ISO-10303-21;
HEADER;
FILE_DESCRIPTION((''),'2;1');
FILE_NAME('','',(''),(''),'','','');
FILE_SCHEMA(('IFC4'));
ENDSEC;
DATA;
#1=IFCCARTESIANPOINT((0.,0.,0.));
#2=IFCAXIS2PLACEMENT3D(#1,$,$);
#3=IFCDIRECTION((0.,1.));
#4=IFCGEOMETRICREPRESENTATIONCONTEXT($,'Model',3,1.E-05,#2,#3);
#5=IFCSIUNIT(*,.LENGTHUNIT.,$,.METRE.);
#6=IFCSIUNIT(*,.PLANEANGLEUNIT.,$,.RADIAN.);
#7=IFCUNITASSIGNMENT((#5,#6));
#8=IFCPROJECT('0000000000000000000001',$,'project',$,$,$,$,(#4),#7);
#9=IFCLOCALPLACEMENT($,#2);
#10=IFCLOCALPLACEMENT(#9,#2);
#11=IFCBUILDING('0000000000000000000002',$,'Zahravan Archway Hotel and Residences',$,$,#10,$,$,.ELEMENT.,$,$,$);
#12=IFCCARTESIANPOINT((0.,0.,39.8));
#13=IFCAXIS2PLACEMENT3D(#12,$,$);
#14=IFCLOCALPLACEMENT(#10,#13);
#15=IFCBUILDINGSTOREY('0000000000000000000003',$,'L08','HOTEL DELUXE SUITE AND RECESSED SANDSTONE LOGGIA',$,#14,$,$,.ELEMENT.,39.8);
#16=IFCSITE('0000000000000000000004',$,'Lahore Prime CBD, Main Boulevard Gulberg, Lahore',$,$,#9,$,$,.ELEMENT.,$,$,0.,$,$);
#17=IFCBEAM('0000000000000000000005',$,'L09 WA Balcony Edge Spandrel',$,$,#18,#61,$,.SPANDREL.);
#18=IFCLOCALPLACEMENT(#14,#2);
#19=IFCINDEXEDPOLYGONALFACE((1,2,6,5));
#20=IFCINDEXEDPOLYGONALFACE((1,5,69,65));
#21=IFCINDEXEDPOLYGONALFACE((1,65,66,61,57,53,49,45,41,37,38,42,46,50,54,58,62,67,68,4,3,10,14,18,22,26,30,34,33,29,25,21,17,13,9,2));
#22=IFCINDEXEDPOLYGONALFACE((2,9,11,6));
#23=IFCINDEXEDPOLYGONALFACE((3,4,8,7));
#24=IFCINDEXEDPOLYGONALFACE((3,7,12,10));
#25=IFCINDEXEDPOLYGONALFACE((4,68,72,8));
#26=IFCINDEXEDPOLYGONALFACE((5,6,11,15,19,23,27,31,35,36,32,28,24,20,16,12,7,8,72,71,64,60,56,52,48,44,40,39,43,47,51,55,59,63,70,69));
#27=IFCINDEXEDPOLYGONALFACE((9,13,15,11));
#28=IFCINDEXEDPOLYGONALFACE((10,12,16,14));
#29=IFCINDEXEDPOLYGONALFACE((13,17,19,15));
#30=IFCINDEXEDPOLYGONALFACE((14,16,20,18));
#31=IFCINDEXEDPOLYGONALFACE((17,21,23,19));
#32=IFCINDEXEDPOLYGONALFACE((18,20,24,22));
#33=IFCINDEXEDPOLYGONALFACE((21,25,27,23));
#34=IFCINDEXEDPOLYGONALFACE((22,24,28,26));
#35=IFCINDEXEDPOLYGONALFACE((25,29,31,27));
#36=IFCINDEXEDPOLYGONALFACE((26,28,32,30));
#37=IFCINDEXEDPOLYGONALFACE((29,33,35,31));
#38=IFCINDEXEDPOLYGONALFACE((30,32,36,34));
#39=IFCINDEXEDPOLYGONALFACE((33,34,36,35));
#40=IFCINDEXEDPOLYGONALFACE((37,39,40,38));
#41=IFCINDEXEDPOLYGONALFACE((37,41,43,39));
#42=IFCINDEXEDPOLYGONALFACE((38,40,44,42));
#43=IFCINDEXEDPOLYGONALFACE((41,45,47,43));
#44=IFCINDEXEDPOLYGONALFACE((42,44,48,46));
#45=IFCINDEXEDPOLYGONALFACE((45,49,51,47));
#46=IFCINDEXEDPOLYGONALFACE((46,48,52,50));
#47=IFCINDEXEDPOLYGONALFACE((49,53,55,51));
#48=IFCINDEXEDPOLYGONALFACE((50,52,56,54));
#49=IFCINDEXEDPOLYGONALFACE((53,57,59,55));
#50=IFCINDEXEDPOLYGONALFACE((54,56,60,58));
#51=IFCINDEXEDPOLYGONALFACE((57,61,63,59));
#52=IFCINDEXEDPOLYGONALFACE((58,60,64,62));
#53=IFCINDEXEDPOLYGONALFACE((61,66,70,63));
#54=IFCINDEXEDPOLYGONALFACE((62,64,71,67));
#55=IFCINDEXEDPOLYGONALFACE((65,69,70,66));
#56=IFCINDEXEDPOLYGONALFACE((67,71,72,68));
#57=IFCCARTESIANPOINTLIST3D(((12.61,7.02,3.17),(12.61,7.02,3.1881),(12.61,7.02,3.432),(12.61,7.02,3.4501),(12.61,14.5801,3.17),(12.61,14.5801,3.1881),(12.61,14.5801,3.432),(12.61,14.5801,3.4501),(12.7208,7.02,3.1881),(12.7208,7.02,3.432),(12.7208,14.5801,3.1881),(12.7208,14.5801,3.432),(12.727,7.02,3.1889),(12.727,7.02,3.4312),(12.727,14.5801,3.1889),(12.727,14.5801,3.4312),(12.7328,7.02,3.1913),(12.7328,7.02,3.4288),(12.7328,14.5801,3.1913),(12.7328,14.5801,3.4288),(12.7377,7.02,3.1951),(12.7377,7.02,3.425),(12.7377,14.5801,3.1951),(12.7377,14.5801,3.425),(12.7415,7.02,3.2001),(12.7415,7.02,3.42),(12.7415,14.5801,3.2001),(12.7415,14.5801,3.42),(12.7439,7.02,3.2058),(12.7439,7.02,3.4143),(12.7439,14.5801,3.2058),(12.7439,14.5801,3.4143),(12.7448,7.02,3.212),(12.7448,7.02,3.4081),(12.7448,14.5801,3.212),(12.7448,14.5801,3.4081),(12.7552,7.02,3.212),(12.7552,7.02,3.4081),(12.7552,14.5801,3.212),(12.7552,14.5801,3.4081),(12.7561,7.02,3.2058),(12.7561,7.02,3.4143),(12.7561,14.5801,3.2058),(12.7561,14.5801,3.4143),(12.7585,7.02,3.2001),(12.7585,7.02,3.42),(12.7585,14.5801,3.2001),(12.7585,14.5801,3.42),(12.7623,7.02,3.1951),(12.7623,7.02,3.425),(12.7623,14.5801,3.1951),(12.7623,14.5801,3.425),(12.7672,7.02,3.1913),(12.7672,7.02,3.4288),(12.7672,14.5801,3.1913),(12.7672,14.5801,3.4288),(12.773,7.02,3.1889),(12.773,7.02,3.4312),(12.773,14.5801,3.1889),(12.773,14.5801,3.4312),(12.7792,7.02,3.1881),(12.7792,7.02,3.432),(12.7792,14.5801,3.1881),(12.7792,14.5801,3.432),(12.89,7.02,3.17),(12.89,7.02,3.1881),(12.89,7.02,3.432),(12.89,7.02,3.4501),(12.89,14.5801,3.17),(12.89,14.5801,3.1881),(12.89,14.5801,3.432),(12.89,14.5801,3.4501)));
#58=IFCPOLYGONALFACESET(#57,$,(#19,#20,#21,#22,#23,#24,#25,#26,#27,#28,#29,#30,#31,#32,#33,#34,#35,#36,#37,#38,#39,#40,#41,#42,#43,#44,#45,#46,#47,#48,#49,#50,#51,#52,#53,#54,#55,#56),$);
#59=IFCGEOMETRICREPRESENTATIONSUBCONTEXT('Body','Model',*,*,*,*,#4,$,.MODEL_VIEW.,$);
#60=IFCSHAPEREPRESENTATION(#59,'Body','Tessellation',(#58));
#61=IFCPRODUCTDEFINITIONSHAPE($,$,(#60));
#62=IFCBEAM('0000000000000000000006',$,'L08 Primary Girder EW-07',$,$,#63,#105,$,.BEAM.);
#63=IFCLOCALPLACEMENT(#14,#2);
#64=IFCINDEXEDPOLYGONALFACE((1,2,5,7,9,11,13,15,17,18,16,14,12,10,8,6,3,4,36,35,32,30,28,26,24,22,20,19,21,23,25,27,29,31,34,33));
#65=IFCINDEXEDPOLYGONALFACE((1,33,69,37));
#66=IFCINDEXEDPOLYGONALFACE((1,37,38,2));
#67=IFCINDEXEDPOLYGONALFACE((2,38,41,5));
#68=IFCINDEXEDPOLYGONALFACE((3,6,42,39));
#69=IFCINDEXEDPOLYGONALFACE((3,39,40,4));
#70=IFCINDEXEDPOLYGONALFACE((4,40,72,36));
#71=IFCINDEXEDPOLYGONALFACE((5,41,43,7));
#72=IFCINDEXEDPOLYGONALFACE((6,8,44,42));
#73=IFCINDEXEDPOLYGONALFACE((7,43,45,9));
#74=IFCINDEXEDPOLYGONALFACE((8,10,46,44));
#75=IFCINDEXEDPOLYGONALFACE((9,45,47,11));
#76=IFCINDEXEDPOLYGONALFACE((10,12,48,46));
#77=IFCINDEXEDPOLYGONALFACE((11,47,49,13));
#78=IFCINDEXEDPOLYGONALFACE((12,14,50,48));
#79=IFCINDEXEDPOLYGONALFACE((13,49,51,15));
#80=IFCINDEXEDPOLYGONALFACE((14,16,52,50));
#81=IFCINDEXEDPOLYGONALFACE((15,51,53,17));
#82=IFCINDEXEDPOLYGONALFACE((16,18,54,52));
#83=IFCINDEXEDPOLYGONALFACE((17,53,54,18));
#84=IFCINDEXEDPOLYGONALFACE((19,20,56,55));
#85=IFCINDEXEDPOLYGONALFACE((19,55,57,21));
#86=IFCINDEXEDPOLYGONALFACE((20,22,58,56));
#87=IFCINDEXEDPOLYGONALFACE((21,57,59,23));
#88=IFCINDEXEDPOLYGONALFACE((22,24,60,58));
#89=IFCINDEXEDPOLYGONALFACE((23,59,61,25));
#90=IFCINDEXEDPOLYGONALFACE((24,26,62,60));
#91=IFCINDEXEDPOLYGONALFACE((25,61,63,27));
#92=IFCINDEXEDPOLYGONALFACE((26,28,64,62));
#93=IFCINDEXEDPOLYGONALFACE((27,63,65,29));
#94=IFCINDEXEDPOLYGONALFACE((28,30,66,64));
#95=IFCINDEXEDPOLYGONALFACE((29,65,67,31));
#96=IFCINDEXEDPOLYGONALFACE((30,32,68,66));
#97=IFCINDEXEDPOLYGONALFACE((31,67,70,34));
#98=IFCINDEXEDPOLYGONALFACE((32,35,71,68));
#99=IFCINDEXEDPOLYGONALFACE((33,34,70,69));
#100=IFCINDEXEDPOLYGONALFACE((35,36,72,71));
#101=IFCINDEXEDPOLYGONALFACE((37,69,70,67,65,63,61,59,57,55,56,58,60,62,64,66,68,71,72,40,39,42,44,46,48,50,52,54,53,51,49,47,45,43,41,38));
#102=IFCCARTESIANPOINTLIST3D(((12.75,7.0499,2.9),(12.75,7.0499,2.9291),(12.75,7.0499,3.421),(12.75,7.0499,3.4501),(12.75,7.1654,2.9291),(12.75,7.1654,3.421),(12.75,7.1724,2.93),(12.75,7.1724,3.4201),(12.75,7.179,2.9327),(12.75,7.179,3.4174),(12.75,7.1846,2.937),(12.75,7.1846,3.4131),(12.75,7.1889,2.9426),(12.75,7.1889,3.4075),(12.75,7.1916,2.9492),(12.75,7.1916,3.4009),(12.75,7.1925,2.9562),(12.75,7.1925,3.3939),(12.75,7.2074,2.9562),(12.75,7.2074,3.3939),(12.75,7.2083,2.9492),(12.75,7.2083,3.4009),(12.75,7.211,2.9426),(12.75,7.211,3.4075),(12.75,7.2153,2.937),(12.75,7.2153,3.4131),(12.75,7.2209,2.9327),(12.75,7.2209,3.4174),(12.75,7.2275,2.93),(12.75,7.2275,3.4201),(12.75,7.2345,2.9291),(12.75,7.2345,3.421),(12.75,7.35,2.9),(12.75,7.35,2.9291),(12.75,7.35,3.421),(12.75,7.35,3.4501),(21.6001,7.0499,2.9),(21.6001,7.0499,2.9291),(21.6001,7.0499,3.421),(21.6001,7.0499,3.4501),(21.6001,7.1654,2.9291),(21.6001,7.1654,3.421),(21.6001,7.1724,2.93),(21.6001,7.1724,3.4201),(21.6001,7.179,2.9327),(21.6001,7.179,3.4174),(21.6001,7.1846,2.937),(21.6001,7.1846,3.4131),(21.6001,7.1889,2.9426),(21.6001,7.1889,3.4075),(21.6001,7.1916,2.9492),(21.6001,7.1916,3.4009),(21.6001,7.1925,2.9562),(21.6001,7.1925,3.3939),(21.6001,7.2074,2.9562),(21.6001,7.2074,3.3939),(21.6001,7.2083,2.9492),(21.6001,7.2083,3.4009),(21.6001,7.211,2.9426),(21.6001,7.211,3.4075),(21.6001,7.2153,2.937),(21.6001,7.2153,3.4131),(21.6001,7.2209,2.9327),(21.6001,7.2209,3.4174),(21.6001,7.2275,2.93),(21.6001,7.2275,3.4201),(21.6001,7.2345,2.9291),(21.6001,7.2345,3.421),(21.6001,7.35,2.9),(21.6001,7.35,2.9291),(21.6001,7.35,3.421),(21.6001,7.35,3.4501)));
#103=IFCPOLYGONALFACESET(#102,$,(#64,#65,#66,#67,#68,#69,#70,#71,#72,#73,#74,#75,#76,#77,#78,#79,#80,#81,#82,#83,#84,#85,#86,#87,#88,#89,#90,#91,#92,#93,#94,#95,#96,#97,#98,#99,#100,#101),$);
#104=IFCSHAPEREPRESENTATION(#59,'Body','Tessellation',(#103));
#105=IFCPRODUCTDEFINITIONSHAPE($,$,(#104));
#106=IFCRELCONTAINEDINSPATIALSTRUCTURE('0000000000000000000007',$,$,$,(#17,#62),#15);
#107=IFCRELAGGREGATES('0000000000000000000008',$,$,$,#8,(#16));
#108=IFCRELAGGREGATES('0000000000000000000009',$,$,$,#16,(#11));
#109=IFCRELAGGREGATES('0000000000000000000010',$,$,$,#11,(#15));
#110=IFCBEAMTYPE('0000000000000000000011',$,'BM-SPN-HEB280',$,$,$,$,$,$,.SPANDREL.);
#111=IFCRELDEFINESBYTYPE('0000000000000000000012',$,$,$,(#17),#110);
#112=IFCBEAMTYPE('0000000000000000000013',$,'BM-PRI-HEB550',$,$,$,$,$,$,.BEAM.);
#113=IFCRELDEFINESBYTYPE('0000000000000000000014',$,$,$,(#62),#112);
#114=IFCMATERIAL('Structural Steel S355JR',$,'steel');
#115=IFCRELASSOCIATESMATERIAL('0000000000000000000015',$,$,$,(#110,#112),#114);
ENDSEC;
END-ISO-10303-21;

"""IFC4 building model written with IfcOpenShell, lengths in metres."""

from ifc_helpers import new_model, si_unit, direction, frame, origin, origin_2d, place, context, subcontext, project, spatial, i_section, extrude, source, transform, mapped, material, material_profile, profile_set, type_object, type_shapes, element, save


model = new_model("IFC4")

# Units and contexts
model_context = context("Model", 3, precision=1e-05, world=origin(), true_north=direction((0.0, 1.0)))
body_context = subcontext(model_context, "Body", "Model", "MODEL_VIEW")
ifc_project = project(units=[si_unit("LENGTHUNIT", "METRE"), si_unit("PLANEANGLEUNIT", "RADIAN")], contexts=[model_context])

# Site, building, storey
site_placement = place(None, origin())
site = spatial("IfcSite", under=ifc_project, at=site_placement, Name="Lahore Prime CBD, Main Boulevard Gulberg, Lahore", CompositionType="ELEMENT", RefElevation=0.0)
building_placement = place(site_placement, origin())
building = spatial("IfcBuilding", under=site, at=building_placement, Name="Zahravan Archway Hotel and Residences", CompositionType="ELEMENT")
storey_placement = place(building_placement, frame((0.0, 0.0, 39.8)))
storey = spatial("IfcBuildingStorey", under=building, at=storey_placement, Name="L08", Description="HOTEL DELUXE SUITE AND RECESSED SANDSTONE LOGGIA", CompositionType="ELEMENT", Elevation=39.8)

# Beams
ifc_material_1 = material(Name="Structural Steel S355JR", Category="steel")
ifc_material_profile_1 = material_profile(ifc_material_1, i_section(OverallWidth=0.28, OverallDepth=0.28, WebThickness=0.0105, FlangeThickness=0.0181, FilletRadius=0.0239, at=origin_2d()), Name="HEB 280", Category="steel")
ifc_profile_set_1 = profile_set([ifc_material_profile_1], Name="Structural Steel S355JR")
beam_type_1 = type_object("IfcBeamType", Name="BM-SPN-HEB280", PredefinedType="SPANDREL", material=ifc_profile_set_1)
shared_shape_1 = source(origin(), body_context, "Body", "SweptSolid", [
    extrude(i_section(OverallWidth=0.28, OverallDepth=0.28, WebThickness=0.0105, FlangeThickness=0.0181, FilletRadius=0.0239, at=origin_2d()), origin(), (0.0, 0.0, 1.0), 7.5601),
])
type_shapes(beam_type_1, [shared_shape_1])
beam_1_placement = place(storey_placement, frame((12.75, 7.02, 3.3101), z_axis=(0.0, 1.0, 0.0), x_axis=(-1.0, 0.0, 0.0)))
element("IfcBeam", 1, at=beam_1_placement, inside=storey, type_object=beam_type_1, Name="L09 WA Balcony Edge Spandrel", PredefinedType="SPANDREL", context=body_context, shape_type="MappedRepresentation", body=[
    mapped(shared_shape_1, transform((0.0, 0.0, 0.0), scale=1.0)),
])
ifc_material_profile_2 = material_profile(ifc_material_1, i_section(OverallWidth=0.3, OverallDepth=0.55, WebThickness=0.0149, FlangeThickness=0.0291, FilletRadius=0.0271, at=origin_2d()), Name="HEB 550", Category="steel")
ifc_profile_set_2 = profile_set([ifc_material_profile_2], Name="Structural Steel S355JR")
beam_type_2 = type_object("IfcBeamType", Name="BM-PRI-HEB550", PredefinedType="BEAM", material=ifc_profile_set_2)
shared_shape_2 = source(origin(), body_context, "Body", "SweptSolid", [
    extrude(i_section(OverallWidth=0.3, OverallDepth=0.55, WebThickness=0.0149, FlangeThickness=0.0291, FilletRadius=0.0271, at=origin_2d()), origin(), (0.0, 0.0, 1.0), 8.8501),
])
beam_2_placement = place(storey_placement, frame((12.75, 7.2, 3.175), z_axis=(1.0, 0.0, 0.0), x_axis=(0.0, 1.0, 0.0)))
element("IfcBeam", 2, at=beam_2_placement, inside=storey, type_object=beam_type_2, Name="L08 Primary Girder EW-07", PredefinedType="BEAM", context=body_context, shape_type="MappedRepresentation", body=[
    mapped(shared_shape_2, transform((0.0, 0.0, 0.0), scale=1.0)),
])

save(model, "model.ifc")
